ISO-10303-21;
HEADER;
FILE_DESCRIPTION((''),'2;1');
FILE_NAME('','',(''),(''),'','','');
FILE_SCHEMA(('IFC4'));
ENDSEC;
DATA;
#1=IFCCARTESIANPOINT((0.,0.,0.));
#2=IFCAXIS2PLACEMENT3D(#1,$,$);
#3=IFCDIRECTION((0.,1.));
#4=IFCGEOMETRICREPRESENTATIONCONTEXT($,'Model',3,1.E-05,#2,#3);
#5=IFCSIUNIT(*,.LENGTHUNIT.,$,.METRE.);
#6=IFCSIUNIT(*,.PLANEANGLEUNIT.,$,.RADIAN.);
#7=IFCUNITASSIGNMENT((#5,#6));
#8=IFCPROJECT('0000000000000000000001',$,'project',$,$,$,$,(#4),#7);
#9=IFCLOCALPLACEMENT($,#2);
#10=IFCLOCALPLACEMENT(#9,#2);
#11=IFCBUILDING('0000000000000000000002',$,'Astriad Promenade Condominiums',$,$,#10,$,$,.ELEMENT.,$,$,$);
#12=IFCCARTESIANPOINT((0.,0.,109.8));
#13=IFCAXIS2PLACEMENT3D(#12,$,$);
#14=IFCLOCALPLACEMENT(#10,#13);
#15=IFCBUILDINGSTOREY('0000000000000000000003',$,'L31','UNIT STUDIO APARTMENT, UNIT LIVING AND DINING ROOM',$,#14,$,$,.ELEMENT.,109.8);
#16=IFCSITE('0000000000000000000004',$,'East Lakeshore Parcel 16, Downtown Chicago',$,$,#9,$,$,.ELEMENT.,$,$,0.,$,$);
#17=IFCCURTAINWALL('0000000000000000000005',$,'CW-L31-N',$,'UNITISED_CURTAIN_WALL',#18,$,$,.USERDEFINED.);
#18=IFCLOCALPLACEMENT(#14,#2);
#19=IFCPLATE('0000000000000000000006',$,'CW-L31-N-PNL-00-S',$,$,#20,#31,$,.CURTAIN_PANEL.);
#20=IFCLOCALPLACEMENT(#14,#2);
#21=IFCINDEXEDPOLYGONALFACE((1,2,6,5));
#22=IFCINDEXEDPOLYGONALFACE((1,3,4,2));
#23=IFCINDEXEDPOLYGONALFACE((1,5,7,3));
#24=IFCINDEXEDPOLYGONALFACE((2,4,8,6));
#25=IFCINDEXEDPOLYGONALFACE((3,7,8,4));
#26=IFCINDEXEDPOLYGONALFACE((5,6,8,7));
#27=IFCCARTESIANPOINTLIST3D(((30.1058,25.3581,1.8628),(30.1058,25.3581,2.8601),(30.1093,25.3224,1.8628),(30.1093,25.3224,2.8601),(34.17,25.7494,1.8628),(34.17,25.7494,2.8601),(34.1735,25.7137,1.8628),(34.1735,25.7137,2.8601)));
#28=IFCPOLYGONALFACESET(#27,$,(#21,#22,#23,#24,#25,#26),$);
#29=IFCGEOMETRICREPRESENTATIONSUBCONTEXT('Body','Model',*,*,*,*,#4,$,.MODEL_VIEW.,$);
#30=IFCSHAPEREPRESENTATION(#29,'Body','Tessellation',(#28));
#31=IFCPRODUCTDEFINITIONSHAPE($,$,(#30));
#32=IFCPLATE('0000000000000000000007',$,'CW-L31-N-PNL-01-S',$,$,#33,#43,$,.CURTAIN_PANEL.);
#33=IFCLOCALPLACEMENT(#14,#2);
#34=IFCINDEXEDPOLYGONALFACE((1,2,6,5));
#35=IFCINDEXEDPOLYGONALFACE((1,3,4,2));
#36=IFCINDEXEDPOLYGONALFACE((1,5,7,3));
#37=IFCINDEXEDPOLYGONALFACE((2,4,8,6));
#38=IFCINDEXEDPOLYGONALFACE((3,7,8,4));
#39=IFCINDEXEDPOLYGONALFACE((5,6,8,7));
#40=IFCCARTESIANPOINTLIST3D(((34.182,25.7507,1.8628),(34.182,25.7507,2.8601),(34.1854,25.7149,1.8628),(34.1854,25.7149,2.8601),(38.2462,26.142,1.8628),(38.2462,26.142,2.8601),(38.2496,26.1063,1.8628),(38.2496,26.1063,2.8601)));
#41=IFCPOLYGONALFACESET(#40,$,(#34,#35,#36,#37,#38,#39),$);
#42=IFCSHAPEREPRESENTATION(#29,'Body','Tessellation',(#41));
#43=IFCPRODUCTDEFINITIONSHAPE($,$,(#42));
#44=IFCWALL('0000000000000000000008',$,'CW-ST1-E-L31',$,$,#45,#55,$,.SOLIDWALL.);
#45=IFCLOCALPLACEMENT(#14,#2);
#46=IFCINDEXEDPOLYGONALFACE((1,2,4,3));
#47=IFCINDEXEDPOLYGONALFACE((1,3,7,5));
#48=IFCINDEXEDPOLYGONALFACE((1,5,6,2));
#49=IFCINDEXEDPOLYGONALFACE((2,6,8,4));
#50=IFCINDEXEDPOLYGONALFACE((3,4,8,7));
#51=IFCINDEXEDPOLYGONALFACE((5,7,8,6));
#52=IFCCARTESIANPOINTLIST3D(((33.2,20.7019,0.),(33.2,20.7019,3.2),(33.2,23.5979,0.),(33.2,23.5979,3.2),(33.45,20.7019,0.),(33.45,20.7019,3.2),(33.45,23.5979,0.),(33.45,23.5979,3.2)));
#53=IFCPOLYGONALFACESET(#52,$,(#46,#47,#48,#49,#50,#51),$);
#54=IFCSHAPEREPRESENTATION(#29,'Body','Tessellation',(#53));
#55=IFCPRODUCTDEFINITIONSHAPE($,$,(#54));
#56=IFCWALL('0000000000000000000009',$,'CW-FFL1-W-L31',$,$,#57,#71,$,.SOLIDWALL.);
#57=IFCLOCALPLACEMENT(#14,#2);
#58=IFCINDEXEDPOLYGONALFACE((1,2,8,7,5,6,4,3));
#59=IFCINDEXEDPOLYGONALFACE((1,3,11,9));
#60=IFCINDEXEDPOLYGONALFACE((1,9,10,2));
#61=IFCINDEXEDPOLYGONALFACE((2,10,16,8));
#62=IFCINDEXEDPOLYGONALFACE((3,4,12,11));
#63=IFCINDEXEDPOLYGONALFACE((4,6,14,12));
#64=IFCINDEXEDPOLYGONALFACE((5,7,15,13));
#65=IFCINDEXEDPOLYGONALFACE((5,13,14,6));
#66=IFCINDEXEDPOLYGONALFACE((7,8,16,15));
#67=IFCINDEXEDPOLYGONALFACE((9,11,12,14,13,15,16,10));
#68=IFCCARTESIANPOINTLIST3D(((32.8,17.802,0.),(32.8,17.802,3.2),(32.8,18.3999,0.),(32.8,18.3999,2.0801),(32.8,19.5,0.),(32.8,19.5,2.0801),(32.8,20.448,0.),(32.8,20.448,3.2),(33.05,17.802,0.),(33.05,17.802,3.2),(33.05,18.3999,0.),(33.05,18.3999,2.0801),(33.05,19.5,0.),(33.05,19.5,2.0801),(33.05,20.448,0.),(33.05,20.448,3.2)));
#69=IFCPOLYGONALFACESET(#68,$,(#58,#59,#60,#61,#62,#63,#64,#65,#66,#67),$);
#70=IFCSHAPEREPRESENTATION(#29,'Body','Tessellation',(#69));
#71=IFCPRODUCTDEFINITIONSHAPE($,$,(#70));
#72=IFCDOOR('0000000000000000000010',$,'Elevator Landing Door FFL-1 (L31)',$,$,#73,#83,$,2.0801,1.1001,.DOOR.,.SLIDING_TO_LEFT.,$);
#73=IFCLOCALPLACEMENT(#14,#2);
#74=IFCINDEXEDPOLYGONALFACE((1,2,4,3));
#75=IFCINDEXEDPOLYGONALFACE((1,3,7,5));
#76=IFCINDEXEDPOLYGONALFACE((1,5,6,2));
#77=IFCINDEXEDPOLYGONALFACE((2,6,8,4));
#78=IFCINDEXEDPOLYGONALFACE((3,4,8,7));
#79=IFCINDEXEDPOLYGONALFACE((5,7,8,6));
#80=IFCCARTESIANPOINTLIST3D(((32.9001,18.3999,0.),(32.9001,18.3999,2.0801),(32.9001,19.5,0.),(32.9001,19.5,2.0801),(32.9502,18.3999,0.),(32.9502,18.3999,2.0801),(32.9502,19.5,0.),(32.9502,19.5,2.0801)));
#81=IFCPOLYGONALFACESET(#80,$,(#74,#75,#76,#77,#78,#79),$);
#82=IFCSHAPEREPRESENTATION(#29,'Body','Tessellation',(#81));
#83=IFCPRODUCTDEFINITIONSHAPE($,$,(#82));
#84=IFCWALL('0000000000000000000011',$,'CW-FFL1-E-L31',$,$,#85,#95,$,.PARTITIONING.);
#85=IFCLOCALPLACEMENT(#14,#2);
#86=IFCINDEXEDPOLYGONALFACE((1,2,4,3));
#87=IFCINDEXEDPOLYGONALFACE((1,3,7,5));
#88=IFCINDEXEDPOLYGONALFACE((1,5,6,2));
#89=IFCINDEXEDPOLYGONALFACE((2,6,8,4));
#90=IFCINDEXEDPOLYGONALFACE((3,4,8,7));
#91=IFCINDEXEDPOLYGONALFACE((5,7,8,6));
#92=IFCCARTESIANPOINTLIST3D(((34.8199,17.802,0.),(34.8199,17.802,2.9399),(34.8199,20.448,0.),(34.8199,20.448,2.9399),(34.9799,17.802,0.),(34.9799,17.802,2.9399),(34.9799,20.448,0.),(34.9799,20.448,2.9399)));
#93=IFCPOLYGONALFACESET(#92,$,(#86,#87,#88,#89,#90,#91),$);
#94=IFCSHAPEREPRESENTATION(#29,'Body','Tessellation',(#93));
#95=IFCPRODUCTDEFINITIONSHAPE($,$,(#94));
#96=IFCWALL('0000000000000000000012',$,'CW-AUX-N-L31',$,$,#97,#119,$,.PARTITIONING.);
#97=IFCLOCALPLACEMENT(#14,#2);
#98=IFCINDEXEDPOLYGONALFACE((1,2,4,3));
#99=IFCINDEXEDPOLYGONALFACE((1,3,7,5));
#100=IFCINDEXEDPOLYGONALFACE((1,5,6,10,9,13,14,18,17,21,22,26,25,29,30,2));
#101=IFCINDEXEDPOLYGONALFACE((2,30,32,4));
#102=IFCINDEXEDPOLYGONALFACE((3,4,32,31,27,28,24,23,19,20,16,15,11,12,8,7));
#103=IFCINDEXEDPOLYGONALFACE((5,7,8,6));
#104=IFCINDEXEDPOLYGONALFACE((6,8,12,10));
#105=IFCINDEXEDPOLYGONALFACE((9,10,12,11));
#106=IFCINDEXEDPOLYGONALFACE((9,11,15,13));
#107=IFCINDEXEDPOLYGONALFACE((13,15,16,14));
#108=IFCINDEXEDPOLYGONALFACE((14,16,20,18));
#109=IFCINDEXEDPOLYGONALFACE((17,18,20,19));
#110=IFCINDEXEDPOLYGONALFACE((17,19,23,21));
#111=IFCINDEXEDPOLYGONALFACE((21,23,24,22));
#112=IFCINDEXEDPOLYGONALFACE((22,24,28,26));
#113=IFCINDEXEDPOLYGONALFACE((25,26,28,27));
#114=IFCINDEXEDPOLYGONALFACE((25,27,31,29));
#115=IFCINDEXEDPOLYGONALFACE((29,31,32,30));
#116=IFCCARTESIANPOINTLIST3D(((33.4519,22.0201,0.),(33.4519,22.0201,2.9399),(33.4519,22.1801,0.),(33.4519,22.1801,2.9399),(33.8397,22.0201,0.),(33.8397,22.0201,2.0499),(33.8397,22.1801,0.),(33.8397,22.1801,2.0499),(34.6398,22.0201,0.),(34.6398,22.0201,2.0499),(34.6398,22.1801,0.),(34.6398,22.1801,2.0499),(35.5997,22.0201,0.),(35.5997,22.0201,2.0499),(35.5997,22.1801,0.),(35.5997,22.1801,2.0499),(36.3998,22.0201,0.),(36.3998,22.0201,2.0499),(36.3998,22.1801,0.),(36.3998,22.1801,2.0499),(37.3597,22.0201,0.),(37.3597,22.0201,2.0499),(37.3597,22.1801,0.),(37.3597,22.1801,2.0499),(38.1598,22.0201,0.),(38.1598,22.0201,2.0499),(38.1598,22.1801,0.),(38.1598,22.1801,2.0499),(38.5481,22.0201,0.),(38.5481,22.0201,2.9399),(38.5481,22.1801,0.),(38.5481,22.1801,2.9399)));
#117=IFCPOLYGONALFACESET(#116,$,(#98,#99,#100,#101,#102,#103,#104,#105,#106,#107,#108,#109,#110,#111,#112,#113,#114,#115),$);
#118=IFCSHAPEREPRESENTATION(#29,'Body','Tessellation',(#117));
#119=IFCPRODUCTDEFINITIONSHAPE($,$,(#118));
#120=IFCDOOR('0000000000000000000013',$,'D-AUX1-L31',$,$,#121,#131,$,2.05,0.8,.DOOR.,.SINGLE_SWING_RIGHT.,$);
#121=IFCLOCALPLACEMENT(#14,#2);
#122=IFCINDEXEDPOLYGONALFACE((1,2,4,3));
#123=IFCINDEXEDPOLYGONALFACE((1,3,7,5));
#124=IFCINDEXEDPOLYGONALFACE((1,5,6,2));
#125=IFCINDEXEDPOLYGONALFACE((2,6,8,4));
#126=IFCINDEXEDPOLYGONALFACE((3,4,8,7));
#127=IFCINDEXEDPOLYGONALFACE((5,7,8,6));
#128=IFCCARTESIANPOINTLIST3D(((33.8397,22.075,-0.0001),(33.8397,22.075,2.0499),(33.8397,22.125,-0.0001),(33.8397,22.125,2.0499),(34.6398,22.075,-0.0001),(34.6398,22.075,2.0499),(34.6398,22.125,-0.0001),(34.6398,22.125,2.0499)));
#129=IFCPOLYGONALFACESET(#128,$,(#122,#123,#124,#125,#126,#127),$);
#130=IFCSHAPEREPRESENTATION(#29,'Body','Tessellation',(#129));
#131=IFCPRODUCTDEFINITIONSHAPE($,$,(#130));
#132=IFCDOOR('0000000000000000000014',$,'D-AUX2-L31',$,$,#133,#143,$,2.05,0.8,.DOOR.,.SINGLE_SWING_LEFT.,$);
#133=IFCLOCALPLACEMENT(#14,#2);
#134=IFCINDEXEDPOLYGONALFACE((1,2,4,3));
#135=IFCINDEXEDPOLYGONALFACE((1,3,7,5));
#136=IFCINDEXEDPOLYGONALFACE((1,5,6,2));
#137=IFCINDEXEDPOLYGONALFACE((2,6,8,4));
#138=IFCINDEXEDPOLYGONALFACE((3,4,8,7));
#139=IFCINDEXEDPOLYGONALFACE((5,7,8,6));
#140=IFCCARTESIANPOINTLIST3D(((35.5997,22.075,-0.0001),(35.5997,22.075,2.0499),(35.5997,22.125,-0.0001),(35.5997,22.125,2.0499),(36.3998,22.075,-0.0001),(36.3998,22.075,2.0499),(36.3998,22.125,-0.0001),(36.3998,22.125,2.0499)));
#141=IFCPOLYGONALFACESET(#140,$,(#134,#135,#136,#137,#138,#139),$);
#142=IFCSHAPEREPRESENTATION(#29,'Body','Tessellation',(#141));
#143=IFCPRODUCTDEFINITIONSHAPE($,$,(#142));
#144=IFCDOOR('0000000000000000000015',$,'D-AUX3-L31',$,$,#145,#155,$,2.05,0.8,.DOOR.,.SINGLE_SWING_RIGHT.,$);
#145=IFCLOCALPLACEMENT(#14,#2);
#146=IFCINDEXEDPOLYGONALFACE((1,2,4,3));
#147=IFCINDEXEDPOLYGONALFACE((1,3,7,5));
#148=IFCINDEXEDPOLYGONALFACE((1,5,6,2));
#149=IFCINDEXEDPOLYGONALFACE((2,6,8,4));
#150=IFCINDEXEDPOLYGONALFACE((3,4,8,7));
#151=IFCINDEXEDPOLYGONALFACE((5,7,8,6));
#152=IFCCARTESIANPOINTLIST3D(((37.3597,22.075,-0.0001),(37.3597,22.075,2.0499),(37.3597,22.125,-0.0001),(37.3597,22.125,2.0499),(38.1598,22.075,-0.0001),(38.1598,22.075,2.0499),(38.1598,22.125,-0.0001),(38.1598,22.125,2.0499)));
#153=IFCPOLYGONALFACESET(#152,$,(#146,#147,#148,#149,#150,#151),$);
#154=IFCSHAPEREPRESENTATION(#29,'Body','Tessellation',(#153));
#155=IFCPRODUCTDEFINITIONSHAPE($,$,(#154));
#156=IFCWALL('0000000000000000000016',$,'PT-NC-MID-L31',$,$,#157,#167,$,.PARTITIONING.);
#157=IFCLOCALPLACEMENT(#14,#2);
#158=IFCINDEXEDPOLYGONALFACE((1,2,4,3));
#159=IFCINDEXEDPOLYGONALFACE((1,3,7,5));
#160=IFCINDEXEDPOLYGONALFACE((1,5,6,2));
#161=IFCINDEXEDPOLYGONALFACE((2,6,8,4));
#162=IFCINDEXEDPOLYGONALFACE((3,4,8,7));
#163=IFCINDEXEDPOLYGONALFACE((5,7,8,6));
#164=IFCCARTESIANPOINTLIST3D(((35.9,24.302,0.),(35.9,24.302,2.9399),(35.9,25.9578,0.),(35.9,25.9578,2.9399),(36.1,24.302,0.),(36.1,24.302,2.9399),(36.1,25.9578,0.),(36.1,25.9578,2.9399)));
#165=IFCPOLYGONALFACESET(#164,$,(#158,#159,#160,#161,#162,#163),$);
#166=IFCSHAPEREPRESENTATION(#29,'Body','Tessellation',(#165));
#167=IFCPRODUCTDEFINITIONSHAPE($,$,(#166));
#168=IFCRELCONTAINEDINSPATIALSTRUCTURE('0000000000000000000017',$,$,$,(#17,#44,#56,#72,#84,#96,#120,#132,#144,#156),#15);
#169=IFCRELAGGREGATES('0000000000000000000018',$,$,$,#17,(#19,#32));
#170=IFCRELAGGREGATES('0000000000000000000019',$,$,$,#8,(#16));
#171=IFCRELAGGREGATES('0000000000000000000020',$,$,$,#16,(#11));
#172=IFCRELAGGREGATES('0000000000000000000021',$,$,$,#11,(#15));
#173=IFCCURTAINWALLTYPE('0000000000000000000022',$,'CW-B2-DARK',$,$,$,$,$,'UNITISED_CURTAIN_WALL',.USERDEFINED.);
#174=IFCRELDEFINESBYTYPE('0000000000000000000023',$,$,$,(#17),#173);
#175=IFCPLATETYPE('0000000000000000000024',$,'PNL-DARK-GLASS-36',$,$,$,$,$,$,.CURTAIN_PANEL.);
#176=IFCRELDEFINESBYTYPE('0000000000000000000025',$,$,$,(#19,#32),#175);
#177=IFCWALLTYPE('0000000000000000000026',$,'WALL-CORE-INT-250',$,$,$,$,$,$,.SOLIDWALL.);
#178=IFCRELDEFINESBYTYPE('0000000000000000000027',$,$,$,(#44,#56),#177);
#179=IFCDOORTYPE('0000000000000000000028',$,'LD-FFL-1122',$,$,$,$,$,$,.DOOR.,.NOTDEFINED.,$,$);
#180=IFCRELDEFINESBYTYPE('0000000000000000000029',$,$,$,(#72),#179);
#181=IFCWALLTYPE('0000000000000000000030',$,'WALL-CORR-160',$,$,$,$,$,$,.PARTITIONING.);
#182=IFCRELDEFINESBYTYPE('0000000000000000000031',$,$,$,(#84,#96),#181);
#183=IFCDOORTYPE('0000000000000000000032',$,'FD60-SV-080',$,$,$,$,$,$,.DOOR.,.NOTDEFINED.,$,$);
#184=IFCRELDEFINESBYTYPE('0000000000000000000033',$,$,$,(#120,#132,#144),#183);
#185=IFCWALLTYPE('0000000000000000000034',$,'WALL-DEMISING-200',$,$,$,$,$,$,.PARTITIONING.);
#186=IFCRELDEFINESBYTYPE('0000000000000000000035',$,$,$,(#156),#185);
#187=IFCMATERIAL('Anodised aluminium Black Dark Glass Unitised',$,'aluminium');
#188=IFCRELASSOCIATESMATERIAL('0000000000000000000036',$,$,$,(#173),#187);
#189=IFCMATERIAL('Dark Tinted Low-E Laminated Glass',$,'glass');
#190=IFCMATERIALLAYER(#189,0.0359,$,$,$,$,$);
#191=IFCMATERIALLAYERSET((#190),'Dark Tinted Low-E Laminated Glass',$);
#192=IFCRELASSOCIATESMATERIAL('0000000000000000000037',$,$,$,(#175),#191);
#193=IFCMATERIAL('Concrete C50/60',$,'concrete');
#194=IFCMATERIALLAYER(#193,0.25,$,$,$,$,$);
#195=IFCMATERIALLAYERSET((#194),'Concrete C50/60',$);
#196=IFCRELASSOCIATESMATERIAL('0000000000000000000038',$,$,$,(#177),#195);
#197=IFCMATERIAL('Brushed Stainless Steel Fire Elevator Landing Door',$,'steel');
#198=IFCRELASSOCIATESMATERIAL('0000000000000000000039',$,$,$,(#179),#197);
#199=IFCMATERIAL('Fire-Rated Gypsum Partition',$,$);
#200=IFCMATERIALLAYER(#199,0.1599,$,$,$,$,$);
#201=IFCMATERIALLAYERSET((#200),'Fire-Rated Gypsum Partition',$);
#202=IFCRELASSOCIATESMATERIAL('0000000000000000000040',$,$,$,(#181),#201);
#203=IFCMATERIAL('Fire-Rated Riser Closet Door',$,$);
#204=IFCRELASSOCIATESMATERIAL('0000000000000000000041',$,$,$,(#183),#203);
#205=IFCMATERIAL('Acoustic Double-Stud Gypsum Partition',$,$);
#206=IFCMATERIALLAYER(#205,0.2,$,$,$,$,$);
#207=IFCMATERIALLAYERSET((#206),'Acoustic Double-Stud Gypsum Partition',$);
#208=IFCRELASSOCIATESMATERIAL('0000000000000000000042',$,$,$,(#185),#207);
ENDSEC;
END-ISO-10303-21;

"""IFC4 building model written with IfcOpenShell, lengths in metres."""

from ifc_helpers import new_model, si_unit, direction, frame, frame_2d, origin, origin_2d, place, context, subcontext, project, spatial, rectangle, extrude, source, transform, mapped, material, layer, layer_set, type_object, type_shapes, element, fill, aggregate, save


model = new_model("IFC4")

# Units and contexts
model_context = context("Model", 3, precision=1e-05, world=origin(), true_north=direction((0.0, 1.0)))
body_context = subcontext(model_context, "Body", "Model", "MODEL_VIEW")
ifc_project = project(units=[si_unit("LENGTHUNIT", "METRE"), si_unit("PLANEANGLEUNIT", "RADIAN")], contexts=[model_context])

# Site, building, storey
site_placement = place(None, origin())
site = spatial("IfcSite", under=ifc_project, at=site_placement, Name="East Lakeshore Parcel 16, Downtown Chicago", CompositionType="ELEMENT", RefElevation=0.0)
building_placement = place(site_placement, origin())
building = spatial("IfcBuilding", under=site, at=building_placement, Name="Astriad Promenade Condominiums", CompositionType="ELEMENT")
storey_placement = place(building_placement, frame((0.0, 0.0, 109.8)))
storey = spatial("IfcBuildingStorey", under=building, at=storey_placement, Name="L31", Description="UNIT STUDIO APARTMENT, UNIT LIVING AND DINING ROOM", CompositionType="ELEMENT", Elevation=109.8)

# Curtain wall, plates
ifc_material_1 = material(Name="Anodised aluminium Black Dark Glass Unitised", Category="aluminium")
curtain_wall_type = type_object("IfcCurtainWallType", Name="CW-B2-DARK", ElementType="UNITISED_CURTAIN_WALL", PredefinedType="USERDEFINED", material=ifc_material_1)
curtain_wall_placement = place(storey_placement, origin())
curtain_wall = element("IfcCurtainWall", 1, at=curtain_wall_placement, inside=storey, type_object=curtain_wall_type, Name="CW-L31-N", ObjectType="UNITISED_CURTAIN_WALL", PredefinedType="USERDEFINED")
ifc_material_2 = material(Name="Dark Tinted Low-E Laminated Glass", Category="glass")
ifc_layer_1 = layer(ifc_material_2, 0.0359)
ifc_layer_set_1 = layer_set([ifc_layer_1], Name="Dark Tinted Low-E Laminated Glass")
plate_type = type_object("IfcPlateType", Name="PNL-DARK-GLASS-36", PredefinedType="CURTAIN_PANEL", material=ifc_layer_set_1)
shared_shape_1 = source(origin(), body_context, "Body", "SweptSolid", [
    extrude(rectangle(XDim=4.083, YDim=0.0359, at=origin_2d()), origin(), (0.0, 0.0, 1.0), 0.9973),
])
plate_1_placement = place(storey_placement, frame((32.1396, 25.5359, 1.8628), z_axis=(0.0, 0.0, 1.0), x_axis=(0.995396, 0.095846, 0.0)))
plate_1 = element("IfcPlate", 2, at=plate_1_placement, type_object=plate_type, Name="CW-L31-N-PNL-00-S", PredefinedType="CURTAIN_PANEL", context=body_context, shape_type="MappedRepresentation", body=[
    mapped(shared_shape_1, transform((0.0, 0.0, 0.0), scale=1.0)),
])
plate_2_placement = place(storey_placement, frame((36.2158, 25.9285, 1.8628), z_axis=(0.0, 0.0, 1.0), x_axis=(0.995396, 0.095846, 0.0)))
plate_2 = element("IfcPlate", 3, at=plate_2_placement, type_object=plate_type, Name="CW-L31-N-PNL-01-S", PredefinedType="CURTAIN_PANEL", context=body_context, shape_type="MappedRepresentation", body=[
    mapped(shared_shape_1, transform((0.0, 0.0, 0.0), scale=1.0)),
])
aggregate(curtain_wall, [plate_1, plate_2])

# Wall
ifc_material_3 = material(Name="Concrete C50/60", Category="concrete")
ifc_layer_2 = layer(ifc_material_3, 0.25)
ifc_layer_set_2 = layer_set([ifc_layer_2], Name="Concrete C50/60")
wall_type_1 = type_object("IfcWallType", Name="WALL-CORE-INT-250", PredefinedType="SOLIDWALL", material=ifc_layer_set_2)
wall_1_placement = place(storey_placement, frame((33.325, 20.7019, 0.0), z_axis=(0.0, 0.0, 1.0), x_axis=(0.0, 1.0, 0.0)))
element("IfcWall", 4, at=wall_1_placement, inside=storey, type_object=wall_type_1, Name="CW-ST1-E-L31", PredefinedType="SOLIDWALL", context=body_context, shape_type="SweptSolid", body=[
    extrude(rectangle(XDim=2.896, YDim=0.25, at=frame_2d((1.448, 0.0))), origin(), (0.0, 0.0, 1.0), 3.2),
])

# Wall, opening, door
wall_2_placement = place(storey_placement, frame((32.925, 17.802, 0.0), z_axis=(0.0, 0.0, 1.0), x_axis=(0.0, 1.0, 0.0)))
wall_2 = element("IfcWall", 5, at=wall_2_placement, inside=storey, type_object=wall_type_1, Name="CW-FFL1-W-L31", PredefinedType="SOLIDWALL", context=body_context, shape_type="SweptSolid", body=[
    extrude(rectangle(XDim=2.646, YDim=0.25, at=frame_2d((1.323, 0.0))), origin(), (0.0, 0.0, 1.0), 3.2),
])
opening_1_placement = place(wall_2_placement, frame((0.5979, 0.0, 0.0)))
opening_1 = element("IfcOpeningElement", 6, at=opening_1_placement, cuts=wall_2, PredefinedType="OPENING", context=body_context, shape_type="SweptSolid", body=[
    extrude(rectangle(XDim=1.1001, YDim=2.0801, at=frame_2d((0.55, 1.04))), frame((0.0, 0.135, 0.0), z_axis=(0.0, -1.0, 0.0), x_axis=(1.0, 0.0, 0.0)), (0.0, 0.0, 1.0), 0.27),
])
ifc_material_4 = material(Name="Brushed Stainless Steel Fire Elevator Landing Door", Category="steel")
door_type_1 = type_object("IfcDoorType", Name="LD-FFL-1122", OperationType="NOTDEFINED", PredefinedType="DOOR", material=ifc_material_4)
shared_shape_2 = source(origin(), body_context, "Body", "SweptSolid", [
    extrude(rectangle(XDim=1.1001, YDim=2.0801, at=frame_2d((0.55, 1.04))), frame((0.0, 0.0249, 0.0), z_axis=(0.0, -1.0, 0.0), x_axis=(1.0, 0.0, 0.0)), (0.0, 0.0, 1.0), 0.05),
])
type_shapes(door_type_1, [shared_shape_2])
door_1_placement = place(opening_1_placement, origin())
door_1 = element("IfcDoor", 7, at=door_1_placement, inside=storey, type_object=door_type_1, Name="Elevator Landing Door FFL-1 (L31)", OperationType="SLIDING_TO_LEFT", OverallHeight=2.0801, OverallWidth=1.1001, PredefinedType="DOOR", context=body_context, shape_type="MappedRepresentation", body=[
    mapped(shared_shape_2, transform((0.0, 0.0, 0.0), scale=1.0)),
])
fill(opening_1, door_1)

# Wall
ifc_material_5 = material(Name="Fire-Rated Gypsum Partition")
ifc_layer_3 = layer(ifc_material_5, 0.1599)
ifc_layer_set_3 = layer_set([ifc_layer_3], Name="Fire-Rated Gypsum Partition")
wall_type_2 = type_object("IfcWallType", Name="WALL-CORR-160", PredefinedType="PARTITIONING", material=ifc_layer_set_3)
wall_3_placement = place(storey_placement, frame((34.8999, 17.802, 0.0), z_axis=(0.0, 0.0, 1.0), x_axis=(0.0, 1.0, 0.0)))
element("IfcWall", 8, at=wall_3_placement, inside=storey, type_object=wall_type_2, Name="CW-FFL1-E-L31", PredefinedType="PARTITIONING", context=body_context, shape_type="SweptSolid", body=[
    extrude(rectangle(XDim=2.646, YDim=0.1599, at=frame_2d((1.323, 0.0))), origin(), (0.0, 0.0, 1.0), 2.9399),
])

# Wall, openings, doors
wall_4_placement = place(storey_placement, frame((33.4519, 22.1001, 0.0), z_axis=(0.0, 0.0, 1.0), x_axis=(1.0, 0.0, 0.0)))
wall_4 = element("IfcWall", 9, at=wall_4_placement, inside=storey, type_object=wall_type_2, Name="CW-AUX-N-L31", PredefinedType="PARTITIONING", context=body_context, shape_type="SweptSolid", body=[
    extrude(rectangle(XDim=5.0962, YDim=0.1599, at=frame_2d((2.5481, 0.0))), origin(), (0.0, 0.0, 1.0), 2.9399),
])
opening_2_placement = place(wall_4_placement, frame((0.3879, 0.0, 0.0)))
opening_2 = element("IfcOpeningElement", 10, at=opening_2_placement, cuts=wall_4, PredefinedType="OPENING", context=body_context, shape_type="SweptSolid", body=[
    extrude(rectangle(XDim=0.8, YDim=2.05, at=frame_2d((0.3999, 1.0249))), frame((0.0, 0.0898, 0.0), z_axis=(0.0, -1.0, 0.0), x_axis=(1.0, 0.0, 0.0)), (0.0, 0.0, 1.0), 0.1799),
])
opening_3_placement = place(wall_4_placement, frame((2.1479, 0.0, 0.0)))
opening_3 = element("IfcOpeningElement", 11, at=opening_3_placement, cuts=wall_4, PredefinedType="OPENING", context=body_context, shape_type="SweptSolid", body=[
    extrude(rectangle(XDim=0.8, YDim=2.05, at=frame_2d((0.3999, 1.0249))), frame((0.0, 0.0898, 0.0), z_axis=(0.0, -1.0, 0.0), x_axis=(1.0, 0.0, 0.0)), (0.0, 0.0, 1.0), 0.1799),
])
opening_4_placement = place(wall_4_placement, frame((3.908, 0.0, 0.0)))
opening_4 = element("IfcOpeningElement", 12, at=opening_4_placement, cuts=wall_4, PredefinedType="OPENING", context=body_context, shape_type="SweptSolid", body=[
    extrude(rectangle(XDim=0.8, YDim=2.05, at=frame_2d((0.3999, 1.0249))), frame((0.0, 0.0898, 0.0), z_axis=(0.0, -1.0, 0.0), x_axis=(1.0, 0.0, 0.0)), (0.0, 0.0, 1.0), 0.1799),
])
ifc_material_6 = material(Name="Fire-Rated Riser Closet Door")
door_type_2 = type_object("IfcDoorType", Name="FD60-SV-080", OperationType="NOTDEFINED", PredefinedType="DOOR", material=ifc_material_6)
shared_shape_3 = source(origin(), body_context, "Body", "SweptSolid", [
    extrude(rectangle(XDim=0.8, YDim=2.05, at=frame_2d((0.3999, 1.0249))), frame((0.0, 0.0249, 0.0), z_axis=(0.0, -1.0, 0.0), x_axis=(1.0, 0.0, 0.0)), (0.0, 0.0, 1.0), 0.05),
])
type_shapes(door_type_2, [shared_shape_3])
door_2_placement = place(opening_2_placement, origin())
door_2 = element("IfcDoor", 13, at=door_2_placement, inside=storey, type_object=door_type_2, Name="D-AUX1-L31", OperationType="SINGLE_SWING_RIGHT", OverallHeight=2.05, OverallWidth=0.8, PredefinedType="DOOR", context=body_context, shape_type="MappedRepresentation", body=[
    mapped(shared_shape_3, transform((0.0, 0.0, 0.0), scale=1.0)),
])
fill(opening_2, door_2)
door_3_placement = place(opening_3_placement, origin())
door_3 = element("IfcDoor", 14, at=door_3_placement, inside=storey, type_object=door_type_2, Name="D-AUX2-L31", OperationType="SINGLE_SWING_LEFT", OverallHeight=2.05, OverallWidth=0.8, PredefinedType="DOOR", context=body_context, shape_type="MappedRepresentation", body=[
    mapped(shared_shape_3, transform((0.0, 0.0, 0.0), scale=1.0)),
])
fill(opening_3, door_3)
door_4_placement = place(opening_4_placement, origin())
door_4 = element("IfcDoor", 15, at=door_4_placement, inside=storey, type_object=door_type_2, Name="D-AUX3-L31", OperationType="SINGLE_SWING_RIGHT", OverallHeight=2.05, OverallWidth=0.8, PredefinedType="DOOR", context=body_context, shape_type="MappedRepresentation", body=[
    mapped(shared_shape_3, transform((0.0, 0.0, 0.0), scale=1.0)),
])
fill(opening_4, door_4)

# Wall
ifc_material_7 = material(Name="Acoustic Double-Stud Gypsum Partition")
ifc_layer_4 = layer(ifc_material_7, 0.2)
ifc_layer_set_4 = layer_set([ifc_layer_4], Name="Acoustic Double-Stud Gypsum Partition")
wall_type_3 = type_object("IfcWallType", Name="WALL-DEMISING-200", PredefinedType="PARTITIONING", material=ifc_layer_set_4)
wall_5_placement = place(storey_placement, frame((36.0, 24.302, 0.0), z_axis=(0.0, 0.0, 1.0), x_axis=(0.0, 1.0, 0.0)))
element("IfcWall", 16, at=wall_5_placement, inside=storey, type_object=wall_type_3, Name="PT-NC-MID-L31", PredefinedType="PARTITIONING", context=body_context, shape_type="SweptSolid", body=[
    extrude(rectangle(XDim=1.6558, YDim=0.2, at=frame_2d((0.8279, 0.0))), origin(), (0.0, 0.0, 1.0), 2.9399),
])

save(model, "model.ifc")
